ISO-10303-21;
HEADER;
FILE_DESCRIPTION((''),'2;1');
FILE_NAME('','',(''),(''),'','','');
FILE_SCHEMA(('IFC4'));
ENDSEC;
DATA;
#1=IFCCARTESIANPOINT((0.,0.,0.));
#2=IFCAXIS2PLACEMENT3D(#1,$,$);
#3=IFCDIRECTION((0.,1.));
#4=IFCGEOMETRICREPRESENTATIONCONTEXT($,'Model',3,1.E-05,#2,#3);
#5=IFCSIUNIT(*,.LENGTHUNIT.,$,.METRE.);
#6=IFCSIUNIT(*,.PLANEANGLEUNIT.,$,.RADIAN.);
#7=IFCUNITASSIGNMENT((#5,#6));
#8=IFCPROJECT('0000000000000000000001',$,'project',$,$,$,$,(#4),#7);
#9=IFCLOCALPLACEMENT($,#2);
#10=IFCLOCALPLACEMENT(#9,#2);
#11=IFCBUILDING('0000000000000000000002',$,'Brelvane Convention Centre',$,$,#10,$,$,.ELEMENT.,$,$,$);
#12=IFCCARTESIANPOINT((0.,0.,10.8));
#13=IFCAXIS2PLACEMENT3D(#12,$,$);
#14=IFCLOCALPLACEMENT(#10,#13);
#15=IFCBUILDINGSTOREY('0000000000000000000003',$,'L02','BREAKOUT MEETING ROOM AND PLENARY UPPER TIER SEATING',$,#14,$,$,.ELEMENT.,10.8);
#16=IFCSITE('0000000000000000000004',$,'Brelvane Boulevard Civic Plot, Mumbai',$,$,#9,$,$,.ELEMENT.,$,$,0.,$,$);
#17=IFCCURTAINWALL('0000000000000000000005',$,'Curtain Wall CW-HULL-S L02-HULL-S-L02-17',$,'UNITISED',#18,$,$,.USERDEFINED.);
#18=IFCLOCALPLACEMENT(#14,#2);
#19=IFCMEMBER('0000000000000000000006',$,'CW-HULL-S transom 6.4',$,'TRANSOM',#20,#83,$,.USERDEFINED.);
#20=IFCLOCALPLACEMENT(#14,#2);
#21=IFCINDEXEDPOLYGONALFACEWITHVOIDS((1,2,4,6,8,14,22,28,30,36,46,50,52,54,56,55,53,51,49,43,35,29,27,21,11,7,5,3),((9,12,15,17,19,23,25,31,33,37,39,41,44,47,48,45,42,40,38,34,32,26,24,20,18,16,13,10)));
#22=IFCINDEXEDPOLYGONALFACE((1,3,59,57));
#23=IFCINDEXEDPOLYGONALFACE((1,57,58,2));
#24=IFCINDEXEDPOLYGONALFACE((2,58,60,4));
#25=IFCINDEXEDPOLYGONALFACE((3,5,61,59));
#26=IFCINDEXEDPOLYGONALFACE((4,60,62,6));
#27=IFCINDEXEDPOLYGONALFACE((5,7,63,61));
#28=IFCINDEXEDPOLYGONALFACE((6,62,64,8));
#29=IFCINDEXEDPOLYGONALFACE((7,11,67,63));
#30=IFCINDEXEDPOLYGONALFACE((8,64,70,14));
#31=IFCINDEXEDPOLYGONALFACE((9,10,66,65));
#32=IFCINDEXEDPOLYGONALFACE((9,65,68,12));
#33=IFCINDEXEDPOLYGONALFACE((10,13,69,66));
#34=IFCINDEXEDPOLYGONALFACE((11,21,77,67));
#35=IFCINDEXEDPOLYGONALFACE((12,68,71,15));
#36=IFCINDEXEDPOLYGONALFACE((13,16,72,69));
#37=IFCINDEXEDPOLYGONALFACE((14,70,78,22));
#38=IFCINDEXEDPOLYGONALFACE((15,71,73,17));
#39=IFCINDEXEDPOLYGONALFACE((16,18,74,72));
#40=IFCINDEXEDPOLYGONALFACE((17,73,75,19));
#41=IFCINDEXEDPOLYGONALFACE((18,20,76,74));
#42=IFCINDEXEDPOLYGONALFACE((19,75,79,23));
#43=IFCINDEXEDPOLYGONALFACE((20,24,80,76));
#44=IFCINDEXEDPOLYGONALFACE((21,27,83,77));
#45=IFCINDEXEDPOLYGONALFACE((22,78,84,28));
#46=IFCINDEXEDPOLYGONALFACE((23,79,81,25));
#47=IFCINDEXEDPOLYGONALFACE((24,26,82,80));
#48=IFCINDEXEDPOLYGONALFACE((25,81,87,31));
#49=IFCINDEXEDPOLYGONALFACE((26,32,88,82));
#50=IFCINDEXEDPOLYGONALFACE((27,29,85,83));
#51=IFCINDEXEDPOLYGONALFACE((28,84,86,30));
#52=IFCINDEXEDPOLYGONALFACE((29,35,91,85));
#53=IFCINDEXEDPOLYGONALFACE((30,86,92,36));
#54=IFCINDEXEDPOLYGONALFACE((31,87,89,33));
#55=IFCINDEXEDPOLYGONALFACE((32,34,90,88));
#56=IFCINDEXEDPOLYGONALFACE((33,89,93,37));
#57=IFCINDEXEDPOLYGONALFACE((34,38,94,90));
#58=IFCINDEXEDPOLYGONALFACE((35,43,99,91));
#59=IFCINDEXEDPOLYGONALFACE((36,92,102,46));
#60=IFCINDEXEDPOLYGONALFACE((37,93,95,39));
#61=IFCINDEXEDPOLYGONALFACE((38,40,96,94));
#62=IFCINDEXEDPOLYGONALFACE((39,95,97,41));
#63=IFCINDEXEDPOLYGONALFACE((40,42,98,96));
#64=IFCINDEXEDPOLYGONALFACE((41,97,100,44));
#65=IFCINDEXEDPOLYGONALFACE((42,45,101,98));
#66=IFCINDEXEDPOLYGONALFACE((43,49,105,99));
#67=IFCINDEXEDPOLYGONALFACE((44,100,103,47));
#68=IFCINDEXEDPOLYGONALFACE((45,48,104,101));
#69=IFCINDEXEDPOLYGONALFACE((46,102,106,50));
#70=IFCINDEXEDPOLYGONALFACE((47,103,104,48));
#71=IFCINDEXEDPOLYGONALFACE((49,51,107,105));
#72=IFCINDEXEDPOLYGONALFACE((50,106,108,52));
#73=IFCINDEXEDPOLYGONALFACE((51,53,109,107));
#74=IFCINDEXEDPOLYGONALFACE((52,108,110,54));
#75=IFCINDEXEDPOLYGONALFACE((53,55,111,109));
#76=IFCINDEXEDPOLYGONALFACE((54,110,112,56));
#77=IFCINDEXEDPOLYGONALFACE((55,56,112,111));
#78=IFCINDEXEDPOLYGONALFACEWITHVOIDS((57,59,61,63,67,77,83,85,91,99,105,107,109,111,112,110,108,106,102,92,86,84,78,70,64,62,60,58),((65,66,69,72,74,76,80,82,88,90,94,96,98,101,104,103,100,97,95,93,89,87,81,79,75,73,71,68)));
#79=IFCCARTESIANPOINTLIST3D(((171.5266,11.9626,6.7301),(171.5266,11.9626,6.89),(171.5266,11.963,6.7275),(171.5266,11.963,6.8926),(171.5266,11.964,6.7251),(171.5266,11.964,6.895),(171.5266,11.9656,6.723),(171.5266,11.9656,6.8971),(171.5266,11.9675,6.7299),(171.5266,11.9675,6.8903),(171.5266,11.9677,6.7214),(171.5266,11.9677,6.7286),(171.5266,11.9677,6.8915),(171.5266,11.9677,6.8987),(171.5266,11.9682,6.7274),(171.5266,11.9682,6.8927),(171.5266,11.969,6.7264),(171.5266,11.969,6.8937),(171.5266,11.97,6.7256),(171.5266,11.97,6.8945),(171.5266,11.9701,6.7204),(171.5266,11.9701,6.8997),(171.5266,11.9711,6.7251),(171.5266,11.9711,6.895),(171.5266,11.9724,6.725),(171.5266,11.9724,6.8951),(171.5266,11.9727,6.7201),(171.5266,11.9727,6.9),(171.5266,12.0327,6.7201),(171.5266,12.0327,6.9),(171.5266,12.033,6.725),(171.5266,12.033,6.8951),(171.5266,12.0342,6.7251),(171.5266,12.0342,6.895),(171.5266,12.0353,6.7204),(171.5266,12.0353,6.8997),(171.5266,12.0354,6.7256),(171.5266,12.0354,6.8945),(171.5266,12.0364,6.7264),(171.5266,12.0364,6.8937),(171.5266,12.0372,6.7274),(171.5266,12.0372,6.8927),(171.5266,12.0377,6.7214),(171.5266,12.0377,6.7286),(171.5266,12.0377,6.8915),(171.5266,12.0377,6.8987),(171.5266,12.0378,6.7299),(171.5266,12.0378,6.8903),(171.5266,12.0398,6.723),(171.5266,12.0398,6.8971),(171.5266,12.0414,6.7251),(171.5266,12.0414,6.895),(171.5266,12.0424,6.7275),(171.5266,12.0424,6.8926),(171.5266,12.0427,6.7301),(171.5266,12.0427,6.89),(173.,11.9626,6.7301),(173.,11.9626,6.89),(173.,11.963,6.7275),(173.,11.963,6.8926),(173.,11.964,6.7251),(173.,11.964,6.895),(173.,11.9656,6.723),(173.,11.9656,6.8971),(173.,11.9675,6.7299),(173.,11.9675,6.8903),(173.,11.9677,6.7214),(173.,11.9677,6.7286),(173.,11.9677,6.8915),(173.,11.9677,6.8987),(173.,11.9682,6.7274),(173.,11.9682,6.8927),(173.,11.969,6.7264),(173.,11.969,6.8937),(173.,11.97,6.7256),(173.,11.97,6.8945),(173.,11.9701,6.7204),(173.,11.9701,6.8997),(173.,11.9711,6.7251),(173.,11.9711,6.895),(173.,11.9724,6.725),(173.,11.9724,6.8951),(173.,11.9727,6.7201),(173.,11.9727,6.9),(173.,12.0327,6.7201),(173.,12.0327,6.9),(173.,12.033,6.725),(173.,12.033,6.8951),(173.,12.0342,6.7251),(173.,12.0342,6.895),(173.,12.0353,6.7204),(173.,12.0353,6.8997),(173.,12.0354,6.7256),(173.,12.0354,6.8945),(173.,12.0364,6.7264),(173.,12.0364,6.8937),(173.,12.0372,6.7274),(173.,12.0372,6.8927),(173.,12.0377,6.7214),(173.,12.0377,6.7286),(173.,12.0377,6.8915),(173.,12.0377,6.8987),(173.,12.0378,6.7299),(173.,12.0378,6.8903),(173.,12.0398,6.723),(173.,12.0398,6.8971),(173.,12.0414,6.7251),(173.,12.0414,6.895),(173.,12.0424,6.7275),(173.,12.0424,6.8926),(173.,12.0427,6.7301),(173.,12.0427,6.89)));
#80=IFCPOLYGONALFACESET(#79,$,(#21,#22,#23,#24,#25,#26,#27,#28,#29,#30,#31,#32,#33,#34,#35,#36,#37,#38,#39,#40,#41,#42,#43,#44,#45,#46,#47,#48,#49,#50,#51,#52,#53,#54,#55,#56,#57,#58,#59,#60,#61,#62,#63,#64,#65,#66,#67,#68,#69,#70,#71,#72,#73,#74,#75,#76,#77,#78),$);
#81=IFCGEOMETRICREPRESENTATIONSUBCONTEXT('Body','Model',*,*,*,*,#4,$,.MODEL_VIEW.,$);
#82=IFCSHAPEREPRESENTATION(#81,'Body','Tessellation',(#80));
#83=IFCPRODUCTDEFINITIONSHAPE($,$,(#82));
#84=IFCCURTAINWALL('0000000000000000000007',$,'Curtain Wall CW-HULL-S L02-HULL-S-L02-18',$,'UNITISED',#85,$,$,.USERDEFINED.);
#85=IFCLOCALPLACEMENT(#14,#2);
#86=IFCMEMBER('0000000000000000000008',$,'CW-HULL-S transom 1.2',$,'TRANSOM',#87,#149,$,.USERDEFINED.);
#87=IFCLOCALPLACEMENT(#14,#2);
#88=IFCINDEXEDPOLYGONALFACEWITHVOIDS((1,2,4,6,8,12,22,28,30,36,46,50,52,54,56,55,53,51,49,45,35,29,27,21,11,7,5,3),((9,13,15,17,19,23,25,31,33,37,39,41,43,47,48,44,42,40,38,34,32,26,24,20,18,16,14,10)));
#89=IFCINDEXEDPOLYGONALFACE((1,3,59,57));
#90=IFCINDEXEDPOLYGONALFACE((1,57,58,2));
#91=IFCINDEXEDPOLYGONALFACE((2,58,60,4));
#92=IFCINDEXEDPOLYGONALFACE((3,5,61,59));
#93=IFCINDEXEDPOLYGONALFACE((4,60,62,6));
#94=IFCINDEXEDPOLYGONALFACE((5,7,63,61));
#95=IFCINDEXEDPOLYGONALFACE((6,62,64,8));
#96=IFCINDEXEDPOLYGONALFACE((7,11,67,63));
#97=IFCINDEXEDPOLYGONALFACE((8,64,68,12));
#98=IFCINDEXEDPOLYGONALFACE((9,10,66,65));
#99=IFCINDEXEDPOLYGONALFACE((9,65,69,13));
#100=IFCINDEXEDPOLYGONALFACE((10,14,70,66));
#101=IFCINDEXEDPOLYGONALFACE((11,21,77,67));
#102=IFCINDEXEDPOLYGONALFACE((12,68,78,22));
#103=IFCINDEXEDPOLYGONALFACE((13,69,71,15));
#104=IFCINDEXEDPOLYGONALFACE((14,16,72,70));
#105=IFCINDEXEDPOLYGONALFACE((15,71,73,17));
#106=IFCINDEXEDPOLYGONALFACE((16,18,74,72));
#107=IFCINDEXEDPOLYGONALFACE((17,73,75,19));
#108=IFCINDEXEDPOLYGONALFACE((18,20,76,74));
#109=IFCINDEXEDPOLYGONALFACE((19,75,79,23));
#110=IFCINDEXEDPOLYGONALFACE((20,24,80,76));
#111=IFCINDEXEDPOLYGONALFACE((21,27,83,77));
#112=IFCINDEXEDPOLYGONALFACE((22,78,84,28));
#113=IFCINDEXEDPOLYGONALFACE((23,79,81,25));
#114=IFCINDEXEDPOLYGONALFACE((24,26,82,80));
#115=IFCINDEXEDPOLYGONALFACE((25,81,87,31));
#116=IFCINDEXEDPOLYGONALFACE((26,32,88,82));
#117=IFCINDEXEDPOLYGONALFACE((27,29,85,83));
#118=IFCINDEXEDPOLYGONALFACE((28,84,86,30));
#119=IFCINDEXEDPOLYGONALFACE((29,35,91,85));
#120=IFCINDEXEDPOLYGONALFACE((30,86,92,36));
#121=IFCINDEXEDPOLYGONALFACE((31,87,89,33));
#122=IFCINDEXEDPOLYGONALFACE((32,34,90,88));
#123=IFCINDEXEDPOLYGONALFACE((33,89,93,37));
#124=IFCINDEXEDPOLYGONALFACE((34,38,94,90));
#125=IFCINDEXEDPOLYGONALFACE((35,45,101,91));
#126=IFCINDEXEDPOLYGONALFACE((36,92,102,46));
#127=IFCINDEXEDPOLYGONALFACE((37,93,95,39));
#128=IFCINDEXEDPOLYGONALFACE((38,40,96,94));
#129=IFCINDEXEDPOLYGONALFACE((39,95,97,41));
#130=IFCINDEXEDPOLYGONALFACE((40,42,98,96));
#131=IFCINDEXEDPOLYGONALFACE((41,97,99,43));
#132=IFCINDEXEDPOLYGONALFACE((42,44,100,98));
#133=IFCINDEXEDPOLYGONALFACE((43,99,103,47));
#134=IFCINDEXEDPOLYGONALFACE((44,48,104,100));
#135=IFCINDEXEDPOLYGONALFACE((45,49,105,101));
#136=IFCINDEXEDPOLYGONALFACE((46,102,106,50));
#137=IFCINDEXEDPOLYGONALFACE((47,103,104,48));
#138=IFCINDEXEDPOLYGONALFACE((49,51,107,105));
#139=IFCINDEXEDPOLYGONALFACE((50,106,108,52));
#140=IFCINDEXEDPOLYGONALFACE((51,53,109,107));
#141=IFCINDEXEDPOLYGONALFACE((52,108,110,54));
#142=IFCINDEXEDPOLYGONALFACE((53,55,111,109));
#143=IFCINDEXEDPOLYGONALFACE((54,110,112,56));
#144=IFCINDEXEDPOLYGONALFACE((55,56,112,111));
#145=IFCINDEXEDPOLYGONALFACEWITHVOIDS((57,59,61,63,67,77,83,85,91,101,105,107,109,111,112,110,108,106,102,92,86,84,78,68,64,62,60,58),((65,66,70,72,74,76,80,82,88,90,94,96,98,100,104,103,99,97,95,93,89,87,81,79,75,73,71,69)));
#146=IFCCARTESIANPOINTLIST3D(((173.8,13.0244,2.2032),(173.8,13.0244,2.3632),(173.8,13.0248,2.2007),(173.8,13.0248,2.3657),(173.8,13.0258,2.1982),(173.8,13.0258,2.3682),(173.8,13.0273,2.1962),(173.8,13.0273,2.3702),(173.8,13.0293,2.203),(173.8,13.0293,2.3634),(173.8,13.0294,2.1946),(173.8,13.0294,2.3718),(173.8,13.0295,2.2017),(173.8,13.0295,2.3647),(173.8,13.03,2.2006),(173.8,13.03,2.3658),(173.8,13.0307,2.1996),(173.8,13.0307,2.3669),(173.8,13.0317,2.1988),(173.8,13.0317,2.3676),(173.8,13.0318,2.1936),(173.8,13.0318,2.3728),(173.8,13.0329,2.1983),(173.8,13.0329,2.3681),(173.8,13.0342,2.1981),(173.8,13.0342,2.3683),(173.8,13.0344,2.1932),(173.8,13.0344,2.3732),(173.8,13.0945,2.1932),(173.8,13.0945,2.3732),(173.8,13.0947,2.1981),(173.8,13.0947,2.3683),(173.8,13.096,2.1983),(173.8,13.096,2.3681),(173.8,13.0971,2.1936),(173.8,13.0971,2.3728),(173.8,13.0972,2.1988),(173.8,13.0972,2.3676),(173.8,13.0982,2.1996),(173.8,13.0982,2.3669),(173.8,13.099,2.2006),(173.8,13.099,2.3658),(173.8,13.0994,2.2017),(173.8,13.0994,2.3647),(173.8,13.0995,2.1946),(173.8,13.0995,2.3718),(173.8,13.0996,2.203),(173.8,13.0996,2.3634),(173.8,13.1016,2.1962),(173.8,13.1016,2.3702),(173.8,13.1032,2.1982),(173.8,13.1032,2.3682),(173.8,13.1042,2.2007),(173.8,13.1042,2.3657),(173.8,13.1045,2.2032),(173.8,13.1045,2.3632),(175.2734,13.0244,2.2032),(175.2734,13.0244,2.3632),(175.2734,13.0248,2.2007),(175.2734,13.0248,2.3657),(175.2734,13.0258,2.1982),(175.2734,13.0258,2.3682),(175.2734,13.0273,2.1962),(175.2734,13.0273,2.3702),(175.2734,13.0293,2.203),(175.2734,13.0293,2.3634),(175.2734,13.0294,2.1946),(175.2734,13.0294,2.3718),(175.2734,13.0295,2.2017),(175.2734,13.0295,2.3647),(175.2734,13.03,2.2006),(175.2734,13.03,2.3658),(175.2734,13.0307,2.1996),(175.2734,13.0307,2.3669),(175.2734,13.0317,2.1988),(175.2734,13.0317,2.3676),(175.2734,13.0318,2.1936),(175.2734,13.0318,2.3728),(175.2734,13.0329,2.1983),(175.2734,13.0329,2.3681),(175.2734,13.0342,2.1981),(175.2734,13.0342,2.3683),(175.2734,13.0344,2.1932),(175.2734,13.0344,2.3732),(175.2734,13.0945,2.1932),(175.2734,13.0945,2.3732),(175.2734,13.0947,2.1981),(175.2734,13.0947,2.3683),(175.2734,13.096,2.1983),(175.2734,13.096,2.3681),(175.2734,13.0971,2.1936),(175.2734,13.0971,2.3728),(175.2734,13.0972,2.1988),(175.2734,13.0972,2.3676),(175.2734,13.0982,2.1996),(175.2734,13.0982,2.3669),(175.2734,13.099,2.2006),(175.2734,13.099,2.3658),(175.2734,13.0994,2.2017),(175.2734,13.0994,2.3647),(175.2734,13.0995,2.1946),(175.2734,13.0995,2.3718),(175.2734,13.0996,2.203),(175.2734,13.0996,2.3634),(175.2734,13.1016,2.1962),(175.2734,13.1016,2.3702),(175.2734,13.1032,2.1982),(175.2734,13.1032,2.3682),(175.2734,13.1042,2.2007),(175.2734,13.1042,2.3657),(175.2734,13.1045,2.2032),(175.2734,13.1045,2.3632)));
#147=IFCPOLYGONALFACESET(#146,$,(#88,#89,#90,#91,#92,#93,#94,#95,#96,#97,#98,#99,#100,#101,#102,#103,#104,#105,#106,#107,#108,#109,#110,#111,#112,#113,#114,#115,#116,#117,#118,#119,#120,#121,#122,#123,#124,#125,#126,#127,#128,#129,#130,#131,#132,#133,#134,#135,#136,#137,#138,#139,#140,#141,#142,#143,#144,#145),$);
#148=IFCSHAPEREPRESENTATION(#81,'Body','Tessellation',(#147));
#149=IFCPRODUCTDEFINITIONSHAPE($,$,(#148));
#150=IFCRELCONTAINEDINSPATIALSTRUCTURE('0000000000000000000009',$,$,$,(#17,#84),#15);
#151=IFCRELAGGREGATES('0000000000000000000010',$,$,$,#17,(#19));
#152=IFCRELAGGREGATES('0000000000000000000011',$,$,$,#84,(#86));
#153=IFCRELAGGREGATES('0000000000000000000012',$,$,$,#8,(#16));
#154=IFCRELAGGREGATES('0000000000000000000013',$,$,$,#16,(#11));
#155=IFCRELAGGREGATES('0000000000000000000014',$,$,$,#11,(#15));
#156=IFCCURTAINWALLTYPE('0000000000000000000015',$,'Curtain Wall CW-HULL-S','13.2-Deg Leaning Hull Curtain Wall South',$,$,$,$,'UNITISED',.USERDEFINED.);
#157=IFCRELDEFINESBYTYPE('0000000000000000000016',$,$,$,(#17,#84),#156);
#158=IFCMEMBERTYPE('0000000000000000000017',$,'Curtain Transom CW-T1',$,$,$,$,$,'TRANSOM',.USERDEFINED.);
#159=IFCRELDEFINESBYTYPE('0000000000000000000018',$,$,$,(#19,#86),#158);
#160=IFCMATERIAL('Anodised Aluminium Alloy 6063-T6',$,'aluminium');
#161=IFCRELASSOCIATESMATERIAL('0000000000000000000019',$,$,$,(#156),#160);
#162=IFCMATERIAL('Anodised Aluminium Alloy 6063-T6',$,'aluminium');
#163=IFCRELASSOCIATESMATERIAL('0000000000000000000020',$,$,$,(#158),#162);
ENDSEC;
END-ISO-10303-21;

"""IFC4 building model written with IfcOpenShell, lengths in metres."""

from ifc_helpers import new_model, si_unit, direction, frame, origin, origin_2d, place, context, subcontext, project, spatial, hollow_rectangle, extrude, material, material_profile, profile_set, type_object, element, aggregate, save


model = new_model("IFC4")

# Units and contexts
model_context = context("Model", 3, precision=1e-05, world=origin(), true_north=direction((0.0, 1.0)))
body_context = subcontext(model_context, "Body", "Model", "MODEL_VIEW")
ifc_project = project(units=[si_unit("LENGTHUNIT", "METRE"), si_unit("PLANEANGLEUNIT", "RADIAN")], contexts=[model_context])

# Site, building, storey
site_placement = place(None, origin())
site = spatial("IfcSite", under=ifc_project, at=site_placement, Name="Brelvane Boulevard Civic Plot, Mumbai", CompositionType="ELEMENT", RefElevation=0.0)
building_placement = place(site_placement, origin())
building = spatial("IfcBuilding", under=site, at=building_placement, Name="Brelvane Convention Centre", CompositionType="ELEMENT")
storey_placement = place(building_placement, frame((0.0, 0.0, 10.8)))
storey = spatial("IfcBuildingStorey", under=building, at=storey_placement, Name="L02", Description="BREAKOUT MEETING ROOM AND PLENARY UPPER TIER SEATING", CompositionType="ELEMENT", Elevation=10.8)

# Curtain walls, members
ifc_material_1 = material(Name="Anodised Aluminium Alloy 6063-T6", Category="aluminium")
curtain_wall_type = type_object("IfcCurtainWallType", Name="Curtain Wall CW-HULL-S", Description="13.2-Deg Leaning Hull Curtain Wall South", ElementType="UNITISED", PredefinedType="USERDEFINED", material=ifc_material_1)
curtain_wall_1_placement = place(storey_placement, origin())
curtain_wall_1 = element("IfcCurtainWall", 1, at=curtain_wall_1_placement, inside=storey, type_object=curtain_wall_type, Name="Curtain Wall CW-HULL-S L02-HULL-S-L02-17", ObjectType="UNITISED", PredefinedType="USERDEFINED")
ifc_material_2 = material(Name="Anodised Aluminium Alloy 6063-T6", Category="aluminium")
ifc_material_profile = material_profile(ifc_material_2, hollow_rectangle(XDim=0.0801, YDim=0.1799, WallThickness=0.0049, InnerFilletRadius=0.0049, OuterFilletRadius=0.01, at=origin_2d()), Name="ALU-T 180x80x5.0")
ifc_profile_set = profile_set([ifc_material_profile], Name="Anodised Aluminium Alloy 6063-T6")
member_type = type_object("IfcMemberType", Name="Curtain Transom CW-T1", ElementType="TRANSOM", PredefinedType="USERDEFINED", material=ifc_profile_set)
member_1_placement = place(storey_placement, frame((171.5266, 12.0027, 6.8101), z_axis=(1.0, 0.0, 0.0), x_axis=(0.0, 1.0, 0.0)))
member_1 = element("IfcMember", 2, at=member_1_placement, type_object=member_type, Name="CW-HULL-S transom 6.4", ObjectType="TRANSOM", PredefinedType="USERDEFINED", context=body_context, shape_type="SweptSolid", body=[
    extrude(hollow_rectangle(XDim=0.0801, YDim=0.1799, WallThickness=0.0049, InnerFilletRadius=0.0049, OuterFilletRadius=0.01, at=origin_2d()), origin(), (0.0, 0.0, 1.0), 1.4734),
])
curtain_wall_2_placement = place(storey_placement, origin())
curtain_wall_2 = element("IfcCurtainWall", 3, at=curtain_wall_2_placement, inside=storey, type_object=curtain_wall_type, Name="Curtain Wall CW-HULL-S L02-HULL-S-L02-18", ObjectType="UNITISED", PredefinedType="USERDEFINED")
member_2_placement = place(storey_placement, frame((173.8, 13.0645, 2.2832), z_axis=(1.0, 0.0, 0.0), x_axis=(0.0, 1.0, 0.0)))
member_2 = element("IfcMember", 4, at=member_2_placement, type_object=member_type, Name="CW-HULL-S transom 1.2", ObjectType="TRANSOM", PredefinedType="USERDEFINED", context=body_context, shape_type="SweptSolid", body=[
    extrude(hollow_rectangle(XDim=0.0801, YDim=0.1799, WallThickness=0.0049, InnerFilletRadius=0.0049, OuterFilletRadius=0.01, at=origin_2d()), origin(), (0.0, 0.0, 1.0), 1.4734),
])

aggregate(curtain_wall_1, [member_1])
aggregate(curtain_wall_2, [member_2])

save(model, "model.ifc")
